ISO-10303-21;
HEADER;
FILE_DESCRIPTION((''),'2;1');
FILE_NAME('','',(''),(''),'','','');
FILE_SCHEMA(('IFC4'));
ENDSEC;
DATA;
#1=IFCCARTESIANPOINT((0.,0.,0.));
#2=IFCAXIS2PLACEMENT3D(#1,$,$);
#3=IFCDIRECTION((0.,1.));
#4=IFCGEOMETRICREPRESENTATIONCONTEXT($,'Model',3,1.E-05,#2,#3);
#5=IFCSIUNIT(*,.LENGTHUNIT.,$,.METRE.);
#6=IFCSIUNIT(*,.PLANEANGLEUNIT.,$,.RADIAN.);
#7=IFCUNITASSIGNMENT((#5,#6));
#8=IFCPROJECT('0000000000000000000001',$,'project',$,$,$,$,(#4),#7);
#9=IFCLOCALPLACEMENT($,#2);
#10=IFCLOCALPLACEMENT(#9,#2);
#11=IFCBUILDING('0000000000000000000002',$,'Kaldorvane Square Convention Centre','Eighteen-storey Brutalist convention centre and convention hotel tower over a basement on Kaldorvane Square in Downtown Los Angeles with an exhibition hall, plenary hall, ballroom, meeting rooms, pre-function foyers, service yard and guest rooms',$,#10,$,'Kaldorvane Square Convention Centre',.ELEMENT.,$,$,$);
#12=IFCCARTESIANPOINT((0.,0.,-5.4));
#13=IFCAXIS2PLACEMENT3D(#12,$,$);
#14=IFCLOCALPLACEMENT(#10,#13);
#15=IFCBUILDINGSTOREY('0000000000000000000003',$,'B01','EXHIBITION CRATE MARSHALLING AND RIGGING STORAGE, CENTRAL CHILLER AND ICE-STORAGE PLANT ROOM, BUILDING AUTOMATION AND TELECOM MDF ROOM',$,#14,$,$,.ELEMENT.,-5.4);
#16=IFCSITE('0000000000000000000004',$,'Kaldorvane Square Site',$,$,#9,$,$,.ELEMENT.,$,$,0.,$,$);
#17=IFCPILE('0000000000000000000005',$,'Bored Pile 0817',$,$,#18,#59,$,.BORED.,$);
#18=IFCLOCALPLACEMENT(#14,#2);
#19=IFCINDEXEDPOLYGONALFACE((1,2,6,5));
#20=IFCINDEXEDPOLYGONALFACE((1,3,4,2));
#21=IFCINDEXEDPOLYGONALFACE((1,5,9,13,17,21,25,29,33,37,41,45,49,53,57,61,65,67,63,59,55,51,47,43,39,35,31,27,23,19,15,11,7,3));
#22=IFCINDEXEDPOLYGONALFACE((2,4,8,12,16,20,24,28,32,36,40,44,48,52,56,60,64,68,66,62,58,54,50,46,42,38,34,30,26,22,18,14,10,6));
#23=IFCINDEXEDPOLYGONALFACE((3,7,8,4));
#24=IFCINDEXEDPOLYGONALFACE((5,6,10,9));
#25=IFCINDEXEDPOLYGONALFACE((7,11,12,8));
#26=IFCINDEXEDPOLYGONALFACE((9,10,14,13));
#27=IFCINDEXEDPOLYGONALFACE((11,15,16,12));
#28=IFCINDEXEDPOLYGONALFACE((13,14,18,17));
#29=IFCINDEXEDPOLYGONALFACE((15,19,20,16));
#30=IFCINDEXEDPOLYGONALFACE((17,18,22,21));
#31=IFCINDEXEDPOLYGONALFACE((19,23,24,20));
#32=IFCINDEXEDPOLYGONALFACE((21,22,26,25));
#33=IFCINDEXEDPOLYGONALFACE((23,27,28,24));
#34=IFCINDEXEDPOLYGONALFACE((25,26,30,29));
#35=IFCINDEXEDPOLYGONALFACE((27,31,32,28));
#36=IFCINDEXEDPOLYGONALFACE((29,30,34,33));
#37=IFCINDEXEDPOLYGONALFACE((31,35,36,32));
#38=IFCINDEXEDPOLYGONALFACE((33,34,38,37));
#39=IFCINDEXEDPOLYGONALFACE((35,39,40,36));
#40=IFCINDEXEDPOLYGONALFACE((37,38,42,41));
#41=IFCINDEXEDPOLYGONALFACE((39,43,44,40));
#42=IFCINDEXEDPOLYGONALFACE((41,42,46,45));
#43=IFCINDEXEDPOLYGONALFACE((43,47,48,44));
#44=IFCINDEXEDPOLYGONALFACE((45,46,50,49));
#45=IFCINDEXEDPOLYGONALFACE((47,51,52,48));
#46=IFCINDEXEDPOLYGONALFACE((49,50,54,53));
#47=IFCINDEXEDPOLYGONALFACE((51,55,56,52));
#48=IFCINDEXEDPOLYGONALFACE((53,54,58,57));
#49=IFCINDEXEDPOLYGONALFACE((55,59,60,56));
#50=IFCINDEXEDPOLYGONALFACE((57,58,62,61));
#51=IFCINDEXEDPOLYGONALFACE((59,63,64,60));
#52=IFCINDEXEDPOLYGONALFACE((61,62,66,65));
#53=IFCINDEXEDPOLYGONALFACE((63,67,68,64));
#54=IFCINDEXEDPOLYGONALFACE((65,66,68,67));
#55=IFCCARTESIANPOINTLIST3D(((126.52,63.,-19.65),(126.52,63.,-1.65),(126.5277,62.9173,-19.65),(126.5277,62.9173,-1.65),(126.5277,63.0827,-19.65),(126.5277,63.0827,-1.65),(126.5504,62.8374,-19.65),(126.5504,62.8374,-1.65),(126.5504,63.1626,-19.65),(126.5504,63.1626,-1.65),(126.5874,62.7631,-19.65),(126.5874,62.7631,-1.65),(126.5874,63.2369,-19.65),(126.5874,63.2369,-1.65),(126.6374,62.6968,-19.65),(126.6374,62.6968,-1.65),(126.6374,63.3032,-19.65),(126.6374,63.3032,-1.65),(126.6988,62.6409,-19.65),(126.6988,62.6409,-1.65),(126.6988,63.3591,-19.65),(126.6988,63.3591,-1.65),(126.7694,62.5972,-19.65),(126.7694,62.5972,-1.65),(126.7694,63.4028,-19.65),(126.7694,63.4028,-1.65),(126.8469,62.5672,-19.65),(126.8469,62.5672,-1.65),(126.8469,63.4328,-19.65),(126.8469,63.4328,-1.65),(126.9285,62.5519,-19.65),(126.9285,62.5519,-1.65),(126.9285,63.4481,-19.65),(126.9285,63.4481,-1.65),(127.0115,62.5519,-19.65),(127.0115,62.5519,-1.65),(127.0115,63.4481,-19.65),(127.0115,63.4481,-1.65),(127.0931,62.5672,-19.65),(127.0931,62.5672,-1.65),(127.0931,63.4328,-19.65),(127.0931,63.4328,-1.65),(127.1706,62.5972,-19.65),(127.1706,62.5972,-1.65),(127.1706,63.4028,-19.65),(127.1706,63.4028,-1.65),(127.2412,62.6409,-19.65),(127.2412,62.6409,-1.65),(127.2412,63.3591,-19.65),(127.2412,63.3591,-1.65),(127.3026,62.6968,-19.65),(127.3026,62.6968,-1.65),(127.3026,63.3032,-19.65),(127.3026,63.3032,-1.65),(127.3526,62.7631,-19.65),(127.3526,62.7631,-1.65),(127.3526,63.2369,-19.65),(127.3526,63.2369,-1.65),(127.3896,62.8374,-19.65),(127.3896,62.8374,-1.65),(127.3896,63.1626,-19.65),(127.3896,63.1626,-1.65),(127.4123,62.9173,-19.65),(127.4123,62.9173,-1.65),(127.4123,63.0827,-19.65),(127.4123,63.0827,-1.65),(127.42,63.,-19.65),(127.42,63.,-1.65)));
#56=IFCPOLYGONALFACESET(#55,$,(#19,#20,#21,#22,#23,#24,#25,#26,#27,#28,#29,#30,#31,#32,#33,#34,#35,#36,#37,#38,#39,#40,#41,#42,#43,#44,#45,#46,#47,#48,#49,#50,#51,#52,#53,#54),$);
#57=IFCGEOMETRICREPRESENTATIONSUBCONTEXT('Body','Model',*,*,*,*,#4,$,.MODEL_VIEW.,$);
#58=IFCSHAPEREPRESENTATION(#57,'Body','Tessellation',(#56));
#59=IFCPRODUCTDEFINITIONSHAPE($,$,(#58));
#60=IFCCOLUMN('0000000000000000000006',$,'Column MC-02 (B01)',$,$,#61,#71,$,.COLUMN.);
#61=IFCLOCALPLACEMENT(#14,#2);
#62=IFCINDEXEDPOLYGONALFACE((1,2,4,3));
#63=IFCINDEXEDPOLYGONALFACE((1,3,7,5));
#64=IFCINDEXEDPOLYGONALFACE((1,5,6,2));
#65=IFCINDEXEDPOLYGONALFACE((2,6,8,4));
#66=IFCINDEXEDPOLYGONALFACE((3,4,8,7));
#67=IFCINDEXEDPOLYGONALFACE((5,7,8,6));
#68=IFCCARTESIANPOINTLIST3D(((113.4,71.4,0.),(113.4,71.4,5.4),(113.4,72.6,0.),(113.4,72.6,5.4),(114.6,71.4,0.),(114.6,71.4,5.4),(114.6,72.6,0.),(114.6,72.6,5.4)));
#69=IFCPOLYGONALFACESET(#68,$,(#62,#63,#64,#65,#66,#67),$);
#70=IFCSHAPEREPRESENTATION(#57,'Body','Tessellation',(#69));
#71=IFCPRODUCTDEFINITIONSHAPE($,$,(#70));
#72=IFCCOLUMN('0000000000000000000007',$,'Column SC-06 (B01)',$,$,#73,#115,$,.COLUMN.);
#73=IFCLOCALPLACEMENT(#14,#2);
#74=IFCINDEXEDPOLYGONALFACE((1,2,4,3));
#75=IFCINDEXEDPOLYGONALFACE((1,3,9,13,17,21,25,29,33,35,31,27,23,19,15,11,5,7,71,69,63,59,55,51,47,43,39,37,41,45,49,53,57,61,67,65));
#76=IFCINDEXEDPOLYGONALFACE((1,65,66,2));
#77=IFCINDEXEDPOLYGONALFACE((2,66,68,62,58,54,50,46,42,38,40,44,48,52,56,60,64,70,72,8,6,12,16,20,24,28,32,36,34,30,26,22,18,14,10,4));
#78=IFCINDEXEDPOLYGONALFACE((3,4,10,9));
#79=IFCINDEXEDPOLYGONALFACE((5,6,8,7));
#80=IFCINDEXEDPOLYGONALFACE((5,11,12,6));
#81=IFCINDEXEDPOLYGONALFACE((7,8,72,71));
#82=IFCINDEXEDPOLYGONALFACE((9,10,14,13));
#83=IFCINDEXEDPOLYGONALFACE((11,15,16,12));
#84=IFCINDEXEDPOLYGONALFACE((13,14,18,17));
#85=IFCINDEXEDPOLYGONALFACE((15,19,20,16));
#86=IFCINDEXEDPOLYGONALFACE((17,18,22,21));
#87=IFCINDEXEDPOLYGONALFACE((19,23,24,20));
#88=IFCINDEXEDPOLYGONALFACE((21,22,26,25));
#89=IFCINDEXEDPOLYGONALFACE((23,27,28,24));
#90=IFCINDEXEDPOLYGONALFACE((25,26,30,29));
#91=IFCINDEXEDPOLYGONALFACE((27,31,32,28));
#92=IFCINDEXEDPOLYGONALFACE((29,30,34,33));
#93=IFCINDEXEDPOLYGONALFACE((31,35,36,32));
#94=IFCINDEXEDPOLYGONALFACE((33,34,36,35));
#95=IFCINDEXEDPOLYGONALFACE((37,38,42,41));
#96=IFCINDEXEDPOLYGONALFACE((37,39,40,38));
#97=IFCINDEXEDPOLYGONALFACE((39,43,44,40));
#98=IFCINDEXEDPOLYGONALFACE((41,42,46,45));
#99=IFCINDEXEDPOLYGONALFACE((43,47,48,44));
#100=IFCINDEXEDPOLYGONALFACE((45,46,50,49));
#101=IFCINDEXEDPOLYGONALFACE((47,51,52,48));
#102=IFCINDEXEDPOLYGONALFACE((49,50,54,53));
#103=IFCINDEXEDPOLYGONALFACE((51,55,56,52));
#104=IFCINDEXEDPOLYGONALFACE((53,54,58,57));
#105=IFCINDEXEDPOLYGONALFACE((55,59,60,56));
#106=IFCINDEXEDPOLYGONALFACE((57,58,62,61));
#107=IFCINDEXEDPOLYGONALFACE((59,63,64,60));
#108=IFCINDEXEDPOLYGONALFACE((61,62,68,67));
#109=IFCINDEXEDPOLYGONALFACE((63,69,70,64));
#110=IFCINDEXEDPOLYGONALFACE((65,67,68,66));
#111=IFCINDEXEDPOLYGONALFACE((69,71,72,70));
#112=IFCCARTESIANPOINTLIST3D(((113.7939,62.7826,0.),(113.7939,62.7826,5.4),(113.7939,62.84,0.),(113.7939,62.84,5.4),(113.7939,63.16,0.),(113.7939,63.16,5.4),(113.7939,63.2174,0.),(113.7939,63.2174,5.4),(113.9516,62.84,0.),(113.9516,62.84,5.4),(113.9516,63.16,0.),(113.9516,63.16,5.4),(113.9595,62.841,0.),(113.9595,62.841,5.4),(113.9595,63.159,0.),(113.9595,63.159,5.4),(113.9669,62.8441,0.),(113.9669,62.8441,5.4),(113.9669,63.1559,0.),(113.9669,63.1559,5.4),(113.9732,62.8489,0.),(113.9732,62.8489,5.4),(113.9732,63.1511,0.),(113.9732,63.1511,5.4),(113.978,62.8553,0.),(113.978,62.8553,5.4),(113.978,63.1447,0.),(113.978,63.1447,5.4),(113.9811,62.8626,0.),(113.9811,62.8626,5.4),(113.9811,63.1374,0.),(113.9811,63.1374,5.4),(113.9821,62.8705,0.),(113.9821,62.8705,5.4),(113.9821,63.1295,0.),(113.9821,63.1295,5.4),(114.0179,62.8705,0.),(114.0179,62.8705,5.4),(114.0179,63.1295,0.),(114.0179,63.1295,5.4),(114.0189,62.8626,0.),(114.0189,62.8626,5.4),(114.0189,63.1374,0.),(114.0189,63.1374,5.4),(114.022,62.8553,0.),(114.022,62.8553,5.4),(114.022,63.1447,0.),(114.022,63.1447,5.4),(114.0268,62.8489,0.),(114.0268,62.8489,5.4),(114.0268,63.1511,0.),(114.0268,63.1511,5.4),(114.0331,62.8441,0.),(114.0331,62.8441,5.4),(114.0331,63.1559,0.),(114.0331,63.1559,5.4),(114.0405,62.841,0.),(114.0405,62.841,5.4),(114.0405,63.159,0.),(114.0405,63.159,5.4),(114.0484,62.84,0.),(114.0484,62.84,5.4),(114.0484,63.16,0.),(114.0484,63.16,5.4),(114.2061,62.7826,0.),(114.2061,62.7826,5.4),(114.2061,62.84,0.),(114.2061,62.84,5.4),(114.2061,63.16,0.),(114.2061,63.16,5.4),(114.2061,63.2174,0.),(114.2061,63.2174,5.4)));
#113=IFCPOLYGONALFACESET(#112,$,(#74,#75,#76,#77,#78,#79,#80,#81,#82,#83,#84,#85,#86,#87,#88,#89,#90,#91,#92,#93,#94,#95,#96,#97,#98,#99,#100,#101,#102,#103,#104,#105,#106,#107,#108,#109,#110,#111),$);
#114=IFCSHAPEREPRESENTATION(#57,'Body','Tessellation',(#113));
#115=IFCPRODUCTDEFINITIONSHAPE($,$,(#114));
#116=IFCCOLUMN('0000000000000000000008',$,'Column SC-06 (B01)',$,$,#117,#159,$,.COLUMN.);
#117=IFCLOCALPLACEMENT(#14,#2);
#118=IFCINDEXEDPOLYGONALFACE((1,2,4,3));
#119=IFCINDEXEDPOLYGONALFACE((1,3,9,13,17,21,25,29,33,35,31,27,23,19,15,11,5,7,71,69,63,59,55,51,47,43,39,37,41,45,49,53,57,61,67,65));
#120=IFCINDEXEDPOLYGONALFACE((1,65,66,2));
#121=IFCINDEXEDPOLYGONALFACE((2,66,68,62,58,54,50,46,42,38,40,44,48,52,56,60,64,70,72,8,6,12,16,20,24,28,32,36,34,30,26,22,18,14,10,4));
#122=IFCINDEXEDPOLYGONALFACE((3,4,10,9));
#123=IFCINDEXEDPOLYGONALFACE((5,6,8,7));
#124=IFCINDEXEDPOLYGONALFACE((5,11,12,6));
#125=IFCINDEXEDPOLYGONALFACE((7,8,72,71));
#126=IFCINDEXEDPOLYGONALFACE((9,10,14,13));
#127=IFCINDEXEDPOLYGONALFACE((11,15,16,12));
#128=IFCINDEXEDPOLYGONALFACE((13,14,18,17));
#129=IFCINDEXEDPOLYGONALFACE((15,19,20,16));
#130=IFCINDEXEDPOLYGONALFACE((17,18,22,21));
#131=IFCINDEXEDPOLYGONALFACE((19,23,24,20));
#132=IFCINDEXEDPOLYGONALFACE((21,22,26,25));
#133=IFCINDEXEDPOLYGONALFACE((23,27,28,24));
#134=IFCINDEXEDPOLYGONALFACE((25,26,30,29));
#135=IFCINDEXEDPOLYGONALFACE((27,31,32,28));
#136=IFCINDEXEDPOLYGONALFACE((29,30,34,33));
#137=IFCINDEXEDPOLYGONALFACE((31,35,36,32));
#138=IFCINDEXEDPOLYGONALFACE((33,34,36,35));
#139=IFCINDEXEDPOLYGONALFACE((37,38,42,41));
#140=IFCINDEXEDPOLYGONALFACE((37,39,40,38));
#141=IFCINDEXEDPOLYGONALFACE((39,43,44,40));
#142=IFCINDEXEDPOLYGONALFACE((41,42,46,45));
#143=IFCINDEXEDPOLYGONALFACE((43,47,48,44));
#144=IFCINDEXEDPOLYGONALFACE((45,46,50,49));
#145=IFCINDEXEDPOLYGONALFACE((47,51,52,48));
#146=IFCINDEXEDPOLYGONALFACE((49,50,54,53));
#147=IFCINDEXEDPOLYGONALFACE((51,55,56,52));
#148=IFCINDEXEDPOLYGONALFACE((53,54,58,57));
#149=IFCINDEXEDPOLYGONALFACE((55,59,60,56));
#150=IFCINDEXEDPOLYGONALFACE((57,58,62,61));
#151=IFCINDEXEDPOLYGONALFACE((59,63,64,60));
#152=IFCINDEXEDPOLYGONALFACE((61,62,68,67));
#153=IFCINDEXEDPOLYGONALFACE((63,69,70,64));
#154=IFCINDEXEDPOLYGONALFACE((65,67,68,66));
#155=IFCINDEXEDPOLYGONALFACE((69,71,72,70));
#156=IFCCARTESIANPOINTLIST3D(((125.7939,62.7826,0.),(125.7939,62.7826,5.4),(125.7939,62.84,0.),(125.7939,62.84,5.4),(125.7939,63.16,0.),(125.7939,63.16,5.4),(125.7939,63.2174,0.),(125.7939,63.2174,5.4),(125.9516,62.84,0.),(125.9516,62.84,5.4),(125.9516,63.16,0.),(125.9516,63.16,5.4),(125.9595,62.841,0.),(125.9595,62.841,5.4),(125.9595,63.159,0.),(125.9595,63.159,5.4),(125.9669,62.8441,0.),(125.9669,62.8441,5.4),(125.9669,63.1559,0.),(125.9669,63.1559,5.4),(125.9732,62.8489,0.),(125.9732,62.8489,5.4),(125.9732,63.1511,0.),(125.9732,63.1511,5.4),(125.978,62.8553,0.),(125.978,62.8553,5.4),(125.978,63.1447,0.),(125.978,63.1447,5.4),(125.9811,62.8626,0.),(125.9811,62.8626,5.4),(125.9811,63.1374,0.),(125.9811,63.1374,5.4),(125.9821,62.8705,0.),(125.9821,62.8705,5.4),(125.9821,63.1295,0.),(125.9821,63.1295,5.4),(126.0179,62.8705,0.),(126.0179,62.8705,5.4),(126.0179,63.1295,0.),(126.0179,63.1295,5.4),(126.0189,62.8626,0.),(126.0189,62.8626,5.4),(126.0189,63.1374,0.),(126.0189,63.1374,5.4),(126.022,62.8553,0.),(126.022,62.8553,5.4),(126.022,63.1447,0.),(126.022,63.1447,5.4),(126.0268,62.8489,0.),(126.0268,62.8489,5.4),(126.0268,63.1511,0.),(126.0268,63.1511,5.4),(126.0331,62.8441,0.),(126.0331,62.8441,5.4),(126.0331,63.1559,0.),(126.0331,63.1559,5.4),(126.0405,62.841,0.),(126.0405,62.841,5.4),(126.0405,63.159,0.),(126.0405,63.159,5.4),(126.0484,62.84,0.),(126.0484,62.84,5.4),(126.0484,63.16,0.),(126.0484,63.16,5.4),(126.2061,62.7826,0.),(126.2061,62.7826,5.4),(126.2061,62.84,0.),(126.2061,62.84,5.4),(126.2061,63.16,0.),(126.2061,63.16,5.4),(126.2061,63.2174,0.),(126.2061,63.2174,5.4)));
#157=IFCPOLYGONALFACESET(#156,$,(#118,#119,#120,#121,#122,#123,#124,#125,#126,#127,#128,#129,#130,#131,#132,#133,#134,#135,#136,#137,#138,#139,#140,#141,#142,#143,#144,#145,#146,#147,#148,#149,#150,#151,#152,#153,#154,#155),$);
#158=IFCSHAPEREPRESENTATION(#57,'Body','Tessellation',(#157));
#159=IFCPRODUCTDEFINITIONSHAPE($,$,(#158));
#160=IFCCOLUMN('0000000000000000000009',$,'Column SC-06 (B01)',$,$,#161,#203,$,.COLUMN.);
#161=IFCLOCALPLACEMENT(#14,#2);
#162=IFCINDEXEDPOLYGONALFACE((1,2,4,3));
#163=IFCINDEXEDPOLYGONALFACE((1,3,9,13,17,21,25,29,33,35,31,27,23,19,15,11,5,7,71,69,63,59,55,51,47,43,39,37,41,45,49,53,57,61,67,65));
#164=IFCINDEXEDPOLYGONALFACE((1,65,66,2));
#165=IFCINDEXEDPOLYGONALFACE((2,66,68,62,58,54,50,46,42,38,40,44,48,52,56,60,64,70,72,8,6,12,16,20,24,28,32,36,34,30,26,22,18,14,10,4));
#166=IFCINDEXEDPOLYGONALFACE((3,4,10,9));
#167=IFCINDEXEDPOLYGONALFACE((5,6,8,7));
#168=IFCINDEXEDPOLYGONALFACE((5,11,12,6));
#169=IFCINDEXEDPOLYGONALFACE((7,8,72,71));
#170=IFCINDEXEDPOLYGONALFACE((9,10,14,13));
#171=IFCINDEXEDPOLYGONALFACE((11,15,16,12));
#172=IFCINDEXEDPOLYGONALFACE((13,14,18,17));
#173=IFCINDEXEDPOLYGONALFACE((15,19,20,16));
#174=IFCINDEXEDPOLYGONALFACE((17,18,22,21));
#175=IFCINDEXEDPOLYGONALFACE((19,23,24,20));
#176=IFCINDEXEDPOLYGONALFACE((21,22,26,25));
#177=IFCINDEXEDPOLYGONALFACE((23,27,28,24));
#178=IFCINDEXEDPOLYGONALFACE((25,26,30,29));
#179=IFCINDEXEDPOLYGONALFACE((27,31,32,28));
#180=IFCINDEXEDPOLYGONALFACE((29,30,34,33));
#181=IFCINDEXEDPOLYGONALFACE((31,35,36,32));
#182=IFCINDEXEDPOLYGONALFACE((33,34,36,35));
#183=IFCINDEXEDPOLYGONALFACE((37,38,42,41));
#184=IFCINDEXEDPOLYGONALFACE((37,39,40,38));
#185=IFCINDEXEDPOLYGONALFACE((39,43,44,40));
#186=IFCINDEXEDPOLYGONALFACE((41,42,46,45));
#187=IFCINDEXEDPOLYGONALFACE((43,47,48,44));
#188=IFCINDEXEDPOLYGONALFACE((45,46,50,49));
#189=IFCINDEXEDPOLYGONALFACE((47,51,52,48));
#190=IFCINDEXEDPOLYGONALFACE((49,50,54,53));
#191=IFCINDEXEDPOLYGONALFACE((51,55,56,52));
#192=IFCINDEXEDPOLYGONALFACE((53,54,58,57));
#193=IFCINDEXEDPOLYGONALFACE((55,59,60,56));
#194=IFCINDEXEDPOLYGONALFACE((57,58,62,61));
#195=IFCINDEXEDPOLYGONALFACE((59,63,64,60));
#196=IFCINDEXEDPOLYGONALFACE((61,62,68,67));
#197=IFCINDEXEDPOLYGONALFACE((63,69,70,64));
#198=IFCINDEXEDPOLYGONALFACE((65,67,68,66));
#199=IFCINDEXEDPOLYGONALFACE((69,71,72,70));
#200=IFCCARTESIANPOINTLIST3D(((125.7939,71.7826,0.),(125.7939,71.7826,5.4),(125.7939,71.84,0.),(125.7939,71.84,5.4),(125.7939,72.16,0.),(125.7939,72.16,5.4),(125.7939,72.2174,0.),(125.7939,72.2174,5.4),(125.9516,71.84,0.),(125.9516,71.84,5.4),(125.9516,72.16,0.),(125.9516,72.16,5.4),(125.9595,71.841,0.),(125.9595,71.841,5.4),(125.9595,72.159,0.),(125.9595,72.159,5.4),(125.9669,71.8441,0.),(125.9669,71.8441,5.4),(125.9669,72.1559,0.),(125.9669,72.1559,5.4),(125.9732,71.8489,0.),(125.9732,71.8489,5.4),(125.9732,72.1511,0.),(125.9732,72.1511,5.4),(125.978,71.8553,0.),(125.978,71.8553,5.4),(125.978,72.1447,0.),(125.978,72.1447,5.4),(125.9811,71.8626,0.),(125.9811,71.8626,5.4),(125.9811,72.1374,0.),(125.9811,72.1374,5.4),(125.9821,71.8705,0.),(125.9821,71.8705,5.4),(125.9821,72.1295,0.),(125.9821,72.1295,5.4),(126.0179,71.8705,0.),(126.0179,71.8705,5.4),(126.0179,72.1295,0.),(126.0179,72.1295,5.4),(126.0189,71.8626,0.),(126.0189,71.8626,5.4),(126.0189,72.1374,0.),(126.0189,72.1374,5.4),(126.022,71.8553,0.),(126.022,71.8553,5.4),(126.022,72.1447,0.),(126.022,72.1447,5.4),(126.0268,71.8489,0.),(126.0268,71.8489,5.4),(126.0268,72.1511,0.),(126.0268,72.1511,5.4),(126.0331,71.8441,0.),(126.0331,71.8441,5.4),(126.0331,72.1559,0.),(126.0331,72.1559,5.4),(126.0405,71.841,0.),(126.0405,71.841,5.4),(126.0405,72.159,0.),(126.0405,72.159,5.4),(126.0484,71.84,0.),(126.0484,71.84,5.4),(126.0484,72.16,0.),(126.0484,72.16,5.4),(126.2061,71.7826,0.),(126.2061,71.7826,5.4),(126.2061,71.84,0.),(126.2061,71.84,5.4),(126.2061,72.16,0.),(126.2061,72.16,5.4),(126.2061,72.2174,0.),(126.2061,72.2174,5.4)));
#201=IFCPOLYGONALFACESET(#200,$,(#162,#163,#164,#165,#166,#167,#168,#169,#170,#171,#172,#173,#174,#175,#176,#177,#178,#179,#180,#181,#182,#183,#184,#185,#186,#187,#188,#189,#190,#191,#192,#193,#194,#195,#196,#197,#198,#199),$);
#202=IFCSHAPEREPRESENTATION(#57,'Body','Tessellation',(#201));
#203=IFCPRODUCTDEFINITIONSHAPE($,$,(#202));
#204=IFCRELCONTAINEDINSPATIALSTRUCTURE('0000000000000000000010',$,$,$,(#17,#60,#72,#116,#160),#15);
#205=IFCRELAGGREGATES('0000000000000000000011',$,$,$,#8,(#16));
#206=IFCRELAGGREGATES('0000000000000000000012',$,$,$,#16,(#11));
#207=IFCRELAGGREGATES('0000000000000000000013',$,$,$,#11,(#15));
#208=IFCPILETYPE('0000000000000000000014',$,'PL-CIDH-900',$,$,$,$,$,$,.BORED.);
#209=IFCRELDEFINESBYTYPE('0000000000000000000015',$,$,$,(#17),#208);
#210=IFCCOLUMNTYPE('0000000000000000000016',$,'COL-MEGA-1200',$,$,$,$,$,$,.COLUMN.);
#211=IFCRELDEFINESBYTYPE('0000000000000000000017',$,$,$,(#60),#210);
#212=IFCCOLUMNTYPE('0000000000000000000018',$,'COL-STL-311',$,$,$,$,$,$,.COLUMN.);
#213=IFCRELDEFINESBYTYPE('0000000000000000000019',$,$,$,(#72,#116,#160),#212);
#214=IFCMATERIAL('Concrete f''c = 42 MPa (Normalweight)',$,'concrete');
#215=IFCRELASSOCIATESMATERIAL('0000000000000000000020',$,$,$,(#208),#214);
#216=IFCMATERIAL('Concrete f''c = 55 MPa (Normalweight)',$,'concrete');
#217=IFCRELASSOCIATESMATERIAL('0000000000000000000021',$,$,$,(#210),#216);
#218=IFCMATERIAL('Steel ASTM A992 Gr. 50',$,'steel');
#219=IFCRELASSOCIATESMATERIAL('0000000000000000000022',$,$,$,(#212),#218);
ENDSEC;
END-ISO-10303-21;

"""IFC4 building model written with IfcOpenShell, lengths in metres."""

from ifc_helpers import new_model, si_unit, direction, frame, origin, origin_2d, place, context, subcontext, project, spatial, rectangle, circle, i_section, extrude, material, material_profile, profile_set, type_object, element, save


model = new_model("IFC4")

# Units and contexts
model_context = context("Model", 3, precision=1e-05, world=origin(), true_north=direction((0.0, 1.0)))
body_context = subcontext(model_context, "Body", "Model", "MODEL_VIEW")
ifc_project = project(units=[si_unit("LENGTHUNIT", "METRE"), si_unit("PLANEANGLEUNIT", "RADIAN")], contexts=[model_context])

# Site, building, storey
site_placement = place(None, origin())
site = spatial("IfcSite", under=ifc_project, at=site_placement, Name="Kaldorvane Square Site", CompositionType="ELEMENT", RefElevation=0.0)
building_placement = place(site_placement, origin())
building = spatial("IfcBuilding", under=site, at=building_placement, Name="Kaldorvane Square Convention Centre", Description="Eighteen-storey Brutalist convention centre and convention hotel tower over a basement on Kaldorvane Square in Downtown Los Angeles with an exhibition hall, plenary hall, ballroom, meeting rooms, pre-function foyers, service yard and guest rooms", LongName="Kaldorvane Square Convention Centre", CompositionType="ELEMENT")
storey_placement = place(building_placement, frame((0.0, 0.0, -5.4)))
storey = spatial("IfcBuildingStorey", under=building, at=storey_placement, Name="B01", Description="EXHIBITION CRATE MARSHALLING AND RIGGING STORAGE, CENTRAL CHILLER AND ICE-STORAGE PLANT ROOM, BUILDING AUTOMATION AND TELECOM MDF ROOM", CompositionType="ELEMENT", Elevation=-5.4)

# Shared definitions
ifc_material_1 = material(Name="Concrete f'c = 42 MPa (Normalweight)", Category="concrete")

# Pile
ifc_material_profile_1 = material_profile(ifc_material_1, circle(Radius=0.45, at=origin_2d()), Name="PILE-D900")
ifc_profile_set_1 = profile_set([ifc_material_profile_1], Name="Concrete f'c = 42 MPa (Normalweight)")
pile_type_1 = type_object("IfcPileType", Name="PL-CIDH-900", PredefinedType="BORED", material=ifc_profile_set_1)
for number, where, z_axis, x_axis, name in (
    (1, (126.97, 63.0, -1.65), (0.0, 0.0, -1.0), (1.0, 0.0, 0.0), "Bored Pile 0817"),
):
    element("IfcPile", number, at=place(storey_placement, frame(where, z_axis=z_axis, x_axis=x_axis)), inside=storey, type_object=pile_type_1, Name=name, PredefinedType="BORED", context=body_context, shape_type="SweptSolid", body=[
        extrude(circle(Radius=0.45, at=origin_2d()), origin(), (0.0, 0.0, 1.0), 18.0),
    ])

# Columns
ifc_material_2 = material(Name="Concrete f'c = 55 MPa (Normalweight)", Category="concrete")
ifc_material_profile_2 = material_profile(ifc_material_2, rectangle(XDim=1.2, YDim=1.2, at=origin_2d()), Name="RC1200X1200")
ifc_profile_set_2 = profile_set([ifc_material_profile_2], Name="Concrete f'c = 55 MPa (Normalweight)")
column_type_1 = type_object("IfcColumnType", Name="COL-MEGA-1200", PredefinedType="COLUMN", material=ifc_profile_set_2)
column_placement = place(storey_placement, frame((114.0, 72.0, 0.0), z_axis=(0.0, 0.0, 1.0), x_axis=(1.0, 0.0, 0.0)))
element("IfcColumn", 2, at=column_placement, inside=storey, type_object=column_type_1, Name="Column MC-02 (B01)", PredefinedType="COLUMN", context=body_context, shape_type="SweptSolid", body=[
    extrude(rectangle(XDim=1.2, YDim=1.2, at=origin_2d()), origin(), (0.0, 0.0, 1.0), 5.4),
])
ifc_material_3 = material(Name="Steel ASTM A992 Gr. 50", Category="steel")
ifc_material_profile_3 = material_profile(ifc_material_3, i_section(OverallWidth=0.4122, OverallDepth=0.4348, WebThickness=0.0358, FlangeThickness=0.0574, FilletRadius=0.0305, at=origin_2d()), Name="W14X311")
ifc_profile_set_3 = profile_set([ifc_material_profile_3], Name="Steel ASTM A992 Gr. 50")
column_type_2 = type_object("IfcColumnType", Name="COL-STL-311", PredefinedType="COLUMN", material=ifc_profile_set_3)
for number, where, z_axis, x_axis, name in (
    (3, (114.0, 63.0, 0.0), (0.0, 0.0, 1.0), (1.0, 0.0, 0.0), "Column SC-06 (B01)"),
    (4, (126.0, 63.0, 0.0), (0.0, 0.0, 1.0), (1.0, 0.0, 0.0), "Column SC-06 (B01)"),
    (5, (126.0, 72.0, 0.0), (0.0, 0.0, 1.0), (1.0, 0.0, 0.0), "Column SC-06 (B01)"),
):
    element("IfcColumn", number, at=place(storey_placement, frame(where, z_axis=z_axis, x_axis=x_axis)), inside=storey, type_object=column_type_2, Name=name, PredefinedType="COLUMN", context=body_context, shape_type="SweptSolid", body=[
        extrude(i_section(OverallWidth=0.4122, OverallDepth=0.4348, WebThickness=0.0358, FlangeThickness=0.0574, FilletRadius=0.0305, at=origin_2d()), origin(), (0.0, 0.0, 1.0), 5.4),
    ])

save(model, "model.ifc")
